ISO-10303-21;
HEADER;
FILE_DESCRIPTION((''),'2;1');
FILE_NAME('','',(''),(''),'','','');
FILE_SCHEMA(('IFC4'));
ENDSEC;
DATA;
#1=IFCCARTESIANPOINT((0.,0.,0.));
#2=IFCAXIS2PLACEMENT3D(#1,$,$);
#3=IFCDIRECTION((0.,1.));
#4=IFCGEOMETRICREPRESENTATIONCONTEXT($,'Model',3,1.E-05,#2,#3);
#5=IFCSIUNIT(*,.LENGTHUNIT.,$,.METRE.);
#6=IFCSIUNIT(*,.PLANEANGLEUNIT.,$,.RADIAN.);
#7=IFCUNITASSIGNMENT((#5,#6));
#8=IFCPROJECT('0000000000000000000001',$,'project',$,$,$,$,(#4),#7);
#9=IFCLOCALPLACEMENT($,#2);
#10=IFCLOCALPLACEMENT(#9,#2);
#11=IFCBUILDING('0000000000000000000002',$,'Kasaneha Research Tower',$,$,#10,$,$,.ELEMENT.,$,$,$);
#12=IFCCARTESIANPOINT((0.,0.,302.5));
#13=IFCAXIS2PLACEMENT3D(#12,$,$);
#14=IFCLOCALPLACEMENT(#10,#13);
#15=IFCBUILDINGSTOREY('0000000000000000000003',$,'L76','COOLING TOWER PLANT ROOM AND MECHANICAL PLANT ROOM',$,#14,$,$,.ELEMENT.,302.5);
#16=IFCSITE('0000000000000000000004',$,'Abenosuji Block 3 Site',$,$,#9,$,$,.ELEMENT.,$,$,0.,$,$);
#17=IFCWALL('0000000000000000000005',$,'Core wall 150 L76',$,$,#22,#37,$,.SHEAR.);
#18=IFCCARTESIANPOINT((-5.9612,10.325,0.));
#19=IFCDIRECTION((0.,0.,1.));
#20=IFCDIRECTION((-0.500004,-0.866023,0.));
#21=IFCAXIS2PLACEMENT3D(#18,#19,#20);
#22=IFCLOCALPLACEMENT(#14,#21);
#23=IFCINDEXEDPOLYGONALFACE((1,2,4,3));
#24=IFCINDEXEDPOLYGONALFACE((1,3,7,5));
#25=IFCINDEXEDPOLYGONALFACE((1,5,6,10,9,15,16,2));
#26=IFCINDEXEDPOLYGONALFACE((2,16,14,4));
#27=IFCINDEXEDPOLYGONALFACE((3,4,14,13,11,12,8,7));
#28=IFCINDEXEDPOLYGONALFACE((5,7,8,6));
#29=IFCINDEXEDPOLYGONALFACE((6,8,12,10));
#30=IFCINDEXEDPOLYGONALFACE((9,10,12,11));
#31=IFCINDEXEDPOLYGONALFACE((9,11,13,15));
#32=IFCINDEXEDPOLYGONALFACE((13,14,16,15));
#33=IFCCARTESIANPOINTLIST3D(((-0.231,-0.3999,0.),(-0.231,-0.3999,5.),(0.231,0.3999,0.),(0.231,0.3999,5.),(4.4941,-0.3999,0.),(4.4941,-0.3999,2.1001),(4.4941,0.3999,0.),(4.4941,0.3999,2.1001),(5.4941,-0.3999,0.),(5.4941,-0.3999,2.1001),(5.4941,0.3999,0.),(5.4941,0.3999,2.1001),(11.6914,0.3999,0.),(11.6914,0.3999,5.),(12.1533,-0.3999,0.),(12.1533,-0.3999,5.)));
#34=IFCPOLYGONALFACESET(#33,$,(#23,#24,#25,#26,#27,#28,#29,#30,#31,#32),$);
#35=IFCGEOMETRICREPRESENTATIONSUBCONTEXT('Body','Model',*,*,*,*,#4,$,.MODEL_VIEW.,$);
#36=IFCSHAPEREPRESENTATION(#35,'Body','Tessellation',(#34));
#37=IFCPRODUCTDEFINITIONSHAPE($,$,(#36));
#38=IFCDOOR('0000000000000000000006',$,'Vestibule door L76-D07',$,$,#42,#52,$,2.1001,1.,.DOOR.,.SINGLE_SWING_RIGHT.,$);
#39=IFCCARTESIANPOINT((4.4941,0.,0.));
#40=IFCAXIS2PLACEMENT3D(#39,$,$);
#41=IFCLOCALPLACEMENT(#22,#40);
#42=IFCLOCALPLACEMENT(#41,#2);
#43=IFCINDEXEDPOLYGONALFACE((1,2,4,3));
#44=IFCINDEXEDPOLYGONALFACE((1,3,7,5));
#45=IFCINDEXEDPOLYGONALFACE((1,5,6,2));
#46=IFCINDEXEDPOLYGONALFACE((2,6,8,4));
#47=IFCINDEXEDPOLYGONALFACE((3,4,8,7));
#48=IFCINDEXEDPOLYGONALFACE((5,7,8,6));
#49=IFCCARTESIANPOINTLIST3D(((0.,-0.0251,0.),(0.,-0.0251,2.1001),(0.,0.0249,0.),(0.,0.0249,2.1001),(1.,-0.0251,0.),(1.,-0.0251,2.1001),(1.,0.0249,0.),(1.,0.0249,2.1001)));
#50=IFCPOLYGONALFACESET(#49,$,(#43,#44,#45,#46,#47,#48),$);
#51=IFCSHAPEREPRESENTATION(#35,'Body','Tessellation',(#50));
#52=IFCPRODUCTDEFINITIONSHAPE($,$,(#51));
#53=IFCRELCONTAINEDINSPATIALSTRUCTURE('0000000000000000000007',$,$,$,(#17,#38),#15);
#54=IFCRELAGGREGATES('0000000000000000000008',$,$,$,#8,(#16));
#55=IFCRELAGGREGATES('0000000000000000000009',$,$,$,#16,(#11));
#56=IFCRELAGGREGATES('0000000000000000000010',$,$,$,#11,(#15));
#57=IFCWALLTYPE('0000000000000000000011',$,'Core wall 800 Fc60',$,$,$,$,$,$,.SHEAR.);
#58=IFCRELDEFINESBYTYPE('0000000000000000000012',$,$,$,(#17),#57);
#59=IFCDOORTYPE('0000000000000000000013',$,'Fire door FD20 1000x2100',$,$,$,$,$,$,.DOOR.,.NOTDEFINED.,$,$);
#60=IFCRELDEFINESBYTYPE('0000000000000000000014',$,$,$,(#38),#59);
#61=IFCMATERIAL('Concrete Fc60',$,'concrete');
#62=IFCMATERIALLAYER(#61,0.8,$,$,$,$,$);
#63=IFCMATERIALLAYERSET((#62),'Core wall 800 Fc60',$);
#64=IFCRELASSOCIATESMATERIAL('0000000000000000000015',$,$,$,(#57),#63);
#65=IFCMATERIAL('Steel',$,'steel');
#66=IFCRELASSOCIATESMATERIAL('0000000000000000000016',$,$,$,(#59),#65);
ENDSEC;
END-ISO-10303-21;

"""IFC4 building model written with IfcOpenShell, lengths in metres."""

from ifc_helpers import new_model, si_unit, direction, frame, frame_2d, origin, place, context, subcontext, project, spatial, polyline, rectangle, outline, extrude, material, layer, layer_set, type_object, element, fill, save


model = new_model("IFC4")

# Units and contexts
model_context = context("Model", 3, precision=1e-05, world=origin(), true_north=direction((0.0, 1.0)))
body_context = subcontext(model_context, "Body", "Model", "MODEL_VIEW")
ifc_project = project(units=[si_unit("LENGTHUNIT", "METRE"), si_unit("PLANEANGLEUNIT", "RADIAN")], contexts=[model_context])

# Site, building, storey
site_placement = place(None, origin())
site = spatial("IfcSite", under=ifc_project, at=site_placement, Name="Abenosuji Block 3 Site", CompositionType="ELEMENT", RefElevation=0.0)
building_placement = place(site_placement, origin())
building = spatial("IfcBuilding", under=site, at=building_placement, Name="Kasaneha Research Tower", CompositionType="ELEMENT")
storey_placement = place(building_placement, frame((0.0, 0.0, 302.5)))
storey = spatial("IfcBuildingStorey", under=building, at=storey_placement, Name="L76", Description="COOLING TOWER PLANT ROOM AND MECHANICAL PLANT ROOM", CompositionType="ELEMENT", Elevation=302.5)

# Wall, opening, door
ifc_material_1 = material(Name="Concrete Fc60", Category="concrete")
ifc_layer_1 = layer(ifc_material_1, 0.8)
ifc_layer_set_1 = layer_set([ifc_layer_1], Name="Core wall 800 Fc60")
wall_type_1 = type_object("IfcWallType", Name="Core wall 800 Fc60", PredefinedType="SHEAR", material=ifc_layer_set_1)
wall_1_placement = place(storey_placement, frame((-5.9612, 10.325, 0.0), z_axis=(0.0, 0.0, 1.0), x_axis=(-0.500004, -0.866023, 0.0)))
wall_1 = element("IfcWall", 1, at=wall_1_placement, inside=storey, type_object=wall_type_1, Name="Core wall 150 L76", PredefinedType="SHEAR", context=body_context, shape_type="SweptSolid", body=[
    extrude(outline(polyline([(-0.231, -0.3999), (4.4941, -0.3999), (5.4941, -0.3999), (12.1533, -0.3999), (11.6914, 0.3999), (5.4941, 0.3999), (4.4941, 0.3999), (0.231, 0.3999), (-0.231, -0.3999)])), origin(), (0.0, 0.0, 1.0), 5.0),
])
opening_1_placement = place(wall_1_placement, frame((4.4941, 0.0, 0.0)))
opening_1 = element("IfcOpeningElement", 2, at=opening_1_placement, cuts=wall_1, PredefinedType="OPENING", context=body_context, shape_type="SweptSolid", body=[
    extrude(rectangle(XDim=1.0, YDim=2.1001, at=frame_2d((0.5, 1.05))), frame((0.0, 0.4102, 0.0), z_axis=(0.0, -1.0, 0.0), x_axis=(1.0, 0.0, 0.0)), (0.0, 0.0, 1.0), 0.8201),
])
ifc_material_2 = material(Name="Steel", Category="steel")
door_type_1 = type_object("IfcDoorType", Name="Fire door FD20 1000x2100", OperationType="NOTDEFINED", PredefinedType="DOOR", material=ifc_material_2)
door_1_placement = place(opening_1_placement, origin())
door_1 = element("IfcDoor", 3, at=door_1_placement, inside=storey, type_object=door_type_1, Name="Vestibule door L76-D07", OperationType="SINGLE_SWING_RIGHT", OverallHeight=2.1001, OverallWidth=1.0, PredefinedType="DOOR", context=body_context, shape_type="SweptSolid", body=[
    extrude(rectangle(XDim=1.0, YDim=2.1001, at=frame_2d((0.5, 1.05))), frame((0.0, 0.0249, 0.0), z_axis=(0.0, -1.0, 0.0), x_axis=(1.0, 0.0, 0.0)), (0.0, 0.0, 1.0), 0.05),
])
fill(opening_1, door_1)

save(model, "model.ifc")
